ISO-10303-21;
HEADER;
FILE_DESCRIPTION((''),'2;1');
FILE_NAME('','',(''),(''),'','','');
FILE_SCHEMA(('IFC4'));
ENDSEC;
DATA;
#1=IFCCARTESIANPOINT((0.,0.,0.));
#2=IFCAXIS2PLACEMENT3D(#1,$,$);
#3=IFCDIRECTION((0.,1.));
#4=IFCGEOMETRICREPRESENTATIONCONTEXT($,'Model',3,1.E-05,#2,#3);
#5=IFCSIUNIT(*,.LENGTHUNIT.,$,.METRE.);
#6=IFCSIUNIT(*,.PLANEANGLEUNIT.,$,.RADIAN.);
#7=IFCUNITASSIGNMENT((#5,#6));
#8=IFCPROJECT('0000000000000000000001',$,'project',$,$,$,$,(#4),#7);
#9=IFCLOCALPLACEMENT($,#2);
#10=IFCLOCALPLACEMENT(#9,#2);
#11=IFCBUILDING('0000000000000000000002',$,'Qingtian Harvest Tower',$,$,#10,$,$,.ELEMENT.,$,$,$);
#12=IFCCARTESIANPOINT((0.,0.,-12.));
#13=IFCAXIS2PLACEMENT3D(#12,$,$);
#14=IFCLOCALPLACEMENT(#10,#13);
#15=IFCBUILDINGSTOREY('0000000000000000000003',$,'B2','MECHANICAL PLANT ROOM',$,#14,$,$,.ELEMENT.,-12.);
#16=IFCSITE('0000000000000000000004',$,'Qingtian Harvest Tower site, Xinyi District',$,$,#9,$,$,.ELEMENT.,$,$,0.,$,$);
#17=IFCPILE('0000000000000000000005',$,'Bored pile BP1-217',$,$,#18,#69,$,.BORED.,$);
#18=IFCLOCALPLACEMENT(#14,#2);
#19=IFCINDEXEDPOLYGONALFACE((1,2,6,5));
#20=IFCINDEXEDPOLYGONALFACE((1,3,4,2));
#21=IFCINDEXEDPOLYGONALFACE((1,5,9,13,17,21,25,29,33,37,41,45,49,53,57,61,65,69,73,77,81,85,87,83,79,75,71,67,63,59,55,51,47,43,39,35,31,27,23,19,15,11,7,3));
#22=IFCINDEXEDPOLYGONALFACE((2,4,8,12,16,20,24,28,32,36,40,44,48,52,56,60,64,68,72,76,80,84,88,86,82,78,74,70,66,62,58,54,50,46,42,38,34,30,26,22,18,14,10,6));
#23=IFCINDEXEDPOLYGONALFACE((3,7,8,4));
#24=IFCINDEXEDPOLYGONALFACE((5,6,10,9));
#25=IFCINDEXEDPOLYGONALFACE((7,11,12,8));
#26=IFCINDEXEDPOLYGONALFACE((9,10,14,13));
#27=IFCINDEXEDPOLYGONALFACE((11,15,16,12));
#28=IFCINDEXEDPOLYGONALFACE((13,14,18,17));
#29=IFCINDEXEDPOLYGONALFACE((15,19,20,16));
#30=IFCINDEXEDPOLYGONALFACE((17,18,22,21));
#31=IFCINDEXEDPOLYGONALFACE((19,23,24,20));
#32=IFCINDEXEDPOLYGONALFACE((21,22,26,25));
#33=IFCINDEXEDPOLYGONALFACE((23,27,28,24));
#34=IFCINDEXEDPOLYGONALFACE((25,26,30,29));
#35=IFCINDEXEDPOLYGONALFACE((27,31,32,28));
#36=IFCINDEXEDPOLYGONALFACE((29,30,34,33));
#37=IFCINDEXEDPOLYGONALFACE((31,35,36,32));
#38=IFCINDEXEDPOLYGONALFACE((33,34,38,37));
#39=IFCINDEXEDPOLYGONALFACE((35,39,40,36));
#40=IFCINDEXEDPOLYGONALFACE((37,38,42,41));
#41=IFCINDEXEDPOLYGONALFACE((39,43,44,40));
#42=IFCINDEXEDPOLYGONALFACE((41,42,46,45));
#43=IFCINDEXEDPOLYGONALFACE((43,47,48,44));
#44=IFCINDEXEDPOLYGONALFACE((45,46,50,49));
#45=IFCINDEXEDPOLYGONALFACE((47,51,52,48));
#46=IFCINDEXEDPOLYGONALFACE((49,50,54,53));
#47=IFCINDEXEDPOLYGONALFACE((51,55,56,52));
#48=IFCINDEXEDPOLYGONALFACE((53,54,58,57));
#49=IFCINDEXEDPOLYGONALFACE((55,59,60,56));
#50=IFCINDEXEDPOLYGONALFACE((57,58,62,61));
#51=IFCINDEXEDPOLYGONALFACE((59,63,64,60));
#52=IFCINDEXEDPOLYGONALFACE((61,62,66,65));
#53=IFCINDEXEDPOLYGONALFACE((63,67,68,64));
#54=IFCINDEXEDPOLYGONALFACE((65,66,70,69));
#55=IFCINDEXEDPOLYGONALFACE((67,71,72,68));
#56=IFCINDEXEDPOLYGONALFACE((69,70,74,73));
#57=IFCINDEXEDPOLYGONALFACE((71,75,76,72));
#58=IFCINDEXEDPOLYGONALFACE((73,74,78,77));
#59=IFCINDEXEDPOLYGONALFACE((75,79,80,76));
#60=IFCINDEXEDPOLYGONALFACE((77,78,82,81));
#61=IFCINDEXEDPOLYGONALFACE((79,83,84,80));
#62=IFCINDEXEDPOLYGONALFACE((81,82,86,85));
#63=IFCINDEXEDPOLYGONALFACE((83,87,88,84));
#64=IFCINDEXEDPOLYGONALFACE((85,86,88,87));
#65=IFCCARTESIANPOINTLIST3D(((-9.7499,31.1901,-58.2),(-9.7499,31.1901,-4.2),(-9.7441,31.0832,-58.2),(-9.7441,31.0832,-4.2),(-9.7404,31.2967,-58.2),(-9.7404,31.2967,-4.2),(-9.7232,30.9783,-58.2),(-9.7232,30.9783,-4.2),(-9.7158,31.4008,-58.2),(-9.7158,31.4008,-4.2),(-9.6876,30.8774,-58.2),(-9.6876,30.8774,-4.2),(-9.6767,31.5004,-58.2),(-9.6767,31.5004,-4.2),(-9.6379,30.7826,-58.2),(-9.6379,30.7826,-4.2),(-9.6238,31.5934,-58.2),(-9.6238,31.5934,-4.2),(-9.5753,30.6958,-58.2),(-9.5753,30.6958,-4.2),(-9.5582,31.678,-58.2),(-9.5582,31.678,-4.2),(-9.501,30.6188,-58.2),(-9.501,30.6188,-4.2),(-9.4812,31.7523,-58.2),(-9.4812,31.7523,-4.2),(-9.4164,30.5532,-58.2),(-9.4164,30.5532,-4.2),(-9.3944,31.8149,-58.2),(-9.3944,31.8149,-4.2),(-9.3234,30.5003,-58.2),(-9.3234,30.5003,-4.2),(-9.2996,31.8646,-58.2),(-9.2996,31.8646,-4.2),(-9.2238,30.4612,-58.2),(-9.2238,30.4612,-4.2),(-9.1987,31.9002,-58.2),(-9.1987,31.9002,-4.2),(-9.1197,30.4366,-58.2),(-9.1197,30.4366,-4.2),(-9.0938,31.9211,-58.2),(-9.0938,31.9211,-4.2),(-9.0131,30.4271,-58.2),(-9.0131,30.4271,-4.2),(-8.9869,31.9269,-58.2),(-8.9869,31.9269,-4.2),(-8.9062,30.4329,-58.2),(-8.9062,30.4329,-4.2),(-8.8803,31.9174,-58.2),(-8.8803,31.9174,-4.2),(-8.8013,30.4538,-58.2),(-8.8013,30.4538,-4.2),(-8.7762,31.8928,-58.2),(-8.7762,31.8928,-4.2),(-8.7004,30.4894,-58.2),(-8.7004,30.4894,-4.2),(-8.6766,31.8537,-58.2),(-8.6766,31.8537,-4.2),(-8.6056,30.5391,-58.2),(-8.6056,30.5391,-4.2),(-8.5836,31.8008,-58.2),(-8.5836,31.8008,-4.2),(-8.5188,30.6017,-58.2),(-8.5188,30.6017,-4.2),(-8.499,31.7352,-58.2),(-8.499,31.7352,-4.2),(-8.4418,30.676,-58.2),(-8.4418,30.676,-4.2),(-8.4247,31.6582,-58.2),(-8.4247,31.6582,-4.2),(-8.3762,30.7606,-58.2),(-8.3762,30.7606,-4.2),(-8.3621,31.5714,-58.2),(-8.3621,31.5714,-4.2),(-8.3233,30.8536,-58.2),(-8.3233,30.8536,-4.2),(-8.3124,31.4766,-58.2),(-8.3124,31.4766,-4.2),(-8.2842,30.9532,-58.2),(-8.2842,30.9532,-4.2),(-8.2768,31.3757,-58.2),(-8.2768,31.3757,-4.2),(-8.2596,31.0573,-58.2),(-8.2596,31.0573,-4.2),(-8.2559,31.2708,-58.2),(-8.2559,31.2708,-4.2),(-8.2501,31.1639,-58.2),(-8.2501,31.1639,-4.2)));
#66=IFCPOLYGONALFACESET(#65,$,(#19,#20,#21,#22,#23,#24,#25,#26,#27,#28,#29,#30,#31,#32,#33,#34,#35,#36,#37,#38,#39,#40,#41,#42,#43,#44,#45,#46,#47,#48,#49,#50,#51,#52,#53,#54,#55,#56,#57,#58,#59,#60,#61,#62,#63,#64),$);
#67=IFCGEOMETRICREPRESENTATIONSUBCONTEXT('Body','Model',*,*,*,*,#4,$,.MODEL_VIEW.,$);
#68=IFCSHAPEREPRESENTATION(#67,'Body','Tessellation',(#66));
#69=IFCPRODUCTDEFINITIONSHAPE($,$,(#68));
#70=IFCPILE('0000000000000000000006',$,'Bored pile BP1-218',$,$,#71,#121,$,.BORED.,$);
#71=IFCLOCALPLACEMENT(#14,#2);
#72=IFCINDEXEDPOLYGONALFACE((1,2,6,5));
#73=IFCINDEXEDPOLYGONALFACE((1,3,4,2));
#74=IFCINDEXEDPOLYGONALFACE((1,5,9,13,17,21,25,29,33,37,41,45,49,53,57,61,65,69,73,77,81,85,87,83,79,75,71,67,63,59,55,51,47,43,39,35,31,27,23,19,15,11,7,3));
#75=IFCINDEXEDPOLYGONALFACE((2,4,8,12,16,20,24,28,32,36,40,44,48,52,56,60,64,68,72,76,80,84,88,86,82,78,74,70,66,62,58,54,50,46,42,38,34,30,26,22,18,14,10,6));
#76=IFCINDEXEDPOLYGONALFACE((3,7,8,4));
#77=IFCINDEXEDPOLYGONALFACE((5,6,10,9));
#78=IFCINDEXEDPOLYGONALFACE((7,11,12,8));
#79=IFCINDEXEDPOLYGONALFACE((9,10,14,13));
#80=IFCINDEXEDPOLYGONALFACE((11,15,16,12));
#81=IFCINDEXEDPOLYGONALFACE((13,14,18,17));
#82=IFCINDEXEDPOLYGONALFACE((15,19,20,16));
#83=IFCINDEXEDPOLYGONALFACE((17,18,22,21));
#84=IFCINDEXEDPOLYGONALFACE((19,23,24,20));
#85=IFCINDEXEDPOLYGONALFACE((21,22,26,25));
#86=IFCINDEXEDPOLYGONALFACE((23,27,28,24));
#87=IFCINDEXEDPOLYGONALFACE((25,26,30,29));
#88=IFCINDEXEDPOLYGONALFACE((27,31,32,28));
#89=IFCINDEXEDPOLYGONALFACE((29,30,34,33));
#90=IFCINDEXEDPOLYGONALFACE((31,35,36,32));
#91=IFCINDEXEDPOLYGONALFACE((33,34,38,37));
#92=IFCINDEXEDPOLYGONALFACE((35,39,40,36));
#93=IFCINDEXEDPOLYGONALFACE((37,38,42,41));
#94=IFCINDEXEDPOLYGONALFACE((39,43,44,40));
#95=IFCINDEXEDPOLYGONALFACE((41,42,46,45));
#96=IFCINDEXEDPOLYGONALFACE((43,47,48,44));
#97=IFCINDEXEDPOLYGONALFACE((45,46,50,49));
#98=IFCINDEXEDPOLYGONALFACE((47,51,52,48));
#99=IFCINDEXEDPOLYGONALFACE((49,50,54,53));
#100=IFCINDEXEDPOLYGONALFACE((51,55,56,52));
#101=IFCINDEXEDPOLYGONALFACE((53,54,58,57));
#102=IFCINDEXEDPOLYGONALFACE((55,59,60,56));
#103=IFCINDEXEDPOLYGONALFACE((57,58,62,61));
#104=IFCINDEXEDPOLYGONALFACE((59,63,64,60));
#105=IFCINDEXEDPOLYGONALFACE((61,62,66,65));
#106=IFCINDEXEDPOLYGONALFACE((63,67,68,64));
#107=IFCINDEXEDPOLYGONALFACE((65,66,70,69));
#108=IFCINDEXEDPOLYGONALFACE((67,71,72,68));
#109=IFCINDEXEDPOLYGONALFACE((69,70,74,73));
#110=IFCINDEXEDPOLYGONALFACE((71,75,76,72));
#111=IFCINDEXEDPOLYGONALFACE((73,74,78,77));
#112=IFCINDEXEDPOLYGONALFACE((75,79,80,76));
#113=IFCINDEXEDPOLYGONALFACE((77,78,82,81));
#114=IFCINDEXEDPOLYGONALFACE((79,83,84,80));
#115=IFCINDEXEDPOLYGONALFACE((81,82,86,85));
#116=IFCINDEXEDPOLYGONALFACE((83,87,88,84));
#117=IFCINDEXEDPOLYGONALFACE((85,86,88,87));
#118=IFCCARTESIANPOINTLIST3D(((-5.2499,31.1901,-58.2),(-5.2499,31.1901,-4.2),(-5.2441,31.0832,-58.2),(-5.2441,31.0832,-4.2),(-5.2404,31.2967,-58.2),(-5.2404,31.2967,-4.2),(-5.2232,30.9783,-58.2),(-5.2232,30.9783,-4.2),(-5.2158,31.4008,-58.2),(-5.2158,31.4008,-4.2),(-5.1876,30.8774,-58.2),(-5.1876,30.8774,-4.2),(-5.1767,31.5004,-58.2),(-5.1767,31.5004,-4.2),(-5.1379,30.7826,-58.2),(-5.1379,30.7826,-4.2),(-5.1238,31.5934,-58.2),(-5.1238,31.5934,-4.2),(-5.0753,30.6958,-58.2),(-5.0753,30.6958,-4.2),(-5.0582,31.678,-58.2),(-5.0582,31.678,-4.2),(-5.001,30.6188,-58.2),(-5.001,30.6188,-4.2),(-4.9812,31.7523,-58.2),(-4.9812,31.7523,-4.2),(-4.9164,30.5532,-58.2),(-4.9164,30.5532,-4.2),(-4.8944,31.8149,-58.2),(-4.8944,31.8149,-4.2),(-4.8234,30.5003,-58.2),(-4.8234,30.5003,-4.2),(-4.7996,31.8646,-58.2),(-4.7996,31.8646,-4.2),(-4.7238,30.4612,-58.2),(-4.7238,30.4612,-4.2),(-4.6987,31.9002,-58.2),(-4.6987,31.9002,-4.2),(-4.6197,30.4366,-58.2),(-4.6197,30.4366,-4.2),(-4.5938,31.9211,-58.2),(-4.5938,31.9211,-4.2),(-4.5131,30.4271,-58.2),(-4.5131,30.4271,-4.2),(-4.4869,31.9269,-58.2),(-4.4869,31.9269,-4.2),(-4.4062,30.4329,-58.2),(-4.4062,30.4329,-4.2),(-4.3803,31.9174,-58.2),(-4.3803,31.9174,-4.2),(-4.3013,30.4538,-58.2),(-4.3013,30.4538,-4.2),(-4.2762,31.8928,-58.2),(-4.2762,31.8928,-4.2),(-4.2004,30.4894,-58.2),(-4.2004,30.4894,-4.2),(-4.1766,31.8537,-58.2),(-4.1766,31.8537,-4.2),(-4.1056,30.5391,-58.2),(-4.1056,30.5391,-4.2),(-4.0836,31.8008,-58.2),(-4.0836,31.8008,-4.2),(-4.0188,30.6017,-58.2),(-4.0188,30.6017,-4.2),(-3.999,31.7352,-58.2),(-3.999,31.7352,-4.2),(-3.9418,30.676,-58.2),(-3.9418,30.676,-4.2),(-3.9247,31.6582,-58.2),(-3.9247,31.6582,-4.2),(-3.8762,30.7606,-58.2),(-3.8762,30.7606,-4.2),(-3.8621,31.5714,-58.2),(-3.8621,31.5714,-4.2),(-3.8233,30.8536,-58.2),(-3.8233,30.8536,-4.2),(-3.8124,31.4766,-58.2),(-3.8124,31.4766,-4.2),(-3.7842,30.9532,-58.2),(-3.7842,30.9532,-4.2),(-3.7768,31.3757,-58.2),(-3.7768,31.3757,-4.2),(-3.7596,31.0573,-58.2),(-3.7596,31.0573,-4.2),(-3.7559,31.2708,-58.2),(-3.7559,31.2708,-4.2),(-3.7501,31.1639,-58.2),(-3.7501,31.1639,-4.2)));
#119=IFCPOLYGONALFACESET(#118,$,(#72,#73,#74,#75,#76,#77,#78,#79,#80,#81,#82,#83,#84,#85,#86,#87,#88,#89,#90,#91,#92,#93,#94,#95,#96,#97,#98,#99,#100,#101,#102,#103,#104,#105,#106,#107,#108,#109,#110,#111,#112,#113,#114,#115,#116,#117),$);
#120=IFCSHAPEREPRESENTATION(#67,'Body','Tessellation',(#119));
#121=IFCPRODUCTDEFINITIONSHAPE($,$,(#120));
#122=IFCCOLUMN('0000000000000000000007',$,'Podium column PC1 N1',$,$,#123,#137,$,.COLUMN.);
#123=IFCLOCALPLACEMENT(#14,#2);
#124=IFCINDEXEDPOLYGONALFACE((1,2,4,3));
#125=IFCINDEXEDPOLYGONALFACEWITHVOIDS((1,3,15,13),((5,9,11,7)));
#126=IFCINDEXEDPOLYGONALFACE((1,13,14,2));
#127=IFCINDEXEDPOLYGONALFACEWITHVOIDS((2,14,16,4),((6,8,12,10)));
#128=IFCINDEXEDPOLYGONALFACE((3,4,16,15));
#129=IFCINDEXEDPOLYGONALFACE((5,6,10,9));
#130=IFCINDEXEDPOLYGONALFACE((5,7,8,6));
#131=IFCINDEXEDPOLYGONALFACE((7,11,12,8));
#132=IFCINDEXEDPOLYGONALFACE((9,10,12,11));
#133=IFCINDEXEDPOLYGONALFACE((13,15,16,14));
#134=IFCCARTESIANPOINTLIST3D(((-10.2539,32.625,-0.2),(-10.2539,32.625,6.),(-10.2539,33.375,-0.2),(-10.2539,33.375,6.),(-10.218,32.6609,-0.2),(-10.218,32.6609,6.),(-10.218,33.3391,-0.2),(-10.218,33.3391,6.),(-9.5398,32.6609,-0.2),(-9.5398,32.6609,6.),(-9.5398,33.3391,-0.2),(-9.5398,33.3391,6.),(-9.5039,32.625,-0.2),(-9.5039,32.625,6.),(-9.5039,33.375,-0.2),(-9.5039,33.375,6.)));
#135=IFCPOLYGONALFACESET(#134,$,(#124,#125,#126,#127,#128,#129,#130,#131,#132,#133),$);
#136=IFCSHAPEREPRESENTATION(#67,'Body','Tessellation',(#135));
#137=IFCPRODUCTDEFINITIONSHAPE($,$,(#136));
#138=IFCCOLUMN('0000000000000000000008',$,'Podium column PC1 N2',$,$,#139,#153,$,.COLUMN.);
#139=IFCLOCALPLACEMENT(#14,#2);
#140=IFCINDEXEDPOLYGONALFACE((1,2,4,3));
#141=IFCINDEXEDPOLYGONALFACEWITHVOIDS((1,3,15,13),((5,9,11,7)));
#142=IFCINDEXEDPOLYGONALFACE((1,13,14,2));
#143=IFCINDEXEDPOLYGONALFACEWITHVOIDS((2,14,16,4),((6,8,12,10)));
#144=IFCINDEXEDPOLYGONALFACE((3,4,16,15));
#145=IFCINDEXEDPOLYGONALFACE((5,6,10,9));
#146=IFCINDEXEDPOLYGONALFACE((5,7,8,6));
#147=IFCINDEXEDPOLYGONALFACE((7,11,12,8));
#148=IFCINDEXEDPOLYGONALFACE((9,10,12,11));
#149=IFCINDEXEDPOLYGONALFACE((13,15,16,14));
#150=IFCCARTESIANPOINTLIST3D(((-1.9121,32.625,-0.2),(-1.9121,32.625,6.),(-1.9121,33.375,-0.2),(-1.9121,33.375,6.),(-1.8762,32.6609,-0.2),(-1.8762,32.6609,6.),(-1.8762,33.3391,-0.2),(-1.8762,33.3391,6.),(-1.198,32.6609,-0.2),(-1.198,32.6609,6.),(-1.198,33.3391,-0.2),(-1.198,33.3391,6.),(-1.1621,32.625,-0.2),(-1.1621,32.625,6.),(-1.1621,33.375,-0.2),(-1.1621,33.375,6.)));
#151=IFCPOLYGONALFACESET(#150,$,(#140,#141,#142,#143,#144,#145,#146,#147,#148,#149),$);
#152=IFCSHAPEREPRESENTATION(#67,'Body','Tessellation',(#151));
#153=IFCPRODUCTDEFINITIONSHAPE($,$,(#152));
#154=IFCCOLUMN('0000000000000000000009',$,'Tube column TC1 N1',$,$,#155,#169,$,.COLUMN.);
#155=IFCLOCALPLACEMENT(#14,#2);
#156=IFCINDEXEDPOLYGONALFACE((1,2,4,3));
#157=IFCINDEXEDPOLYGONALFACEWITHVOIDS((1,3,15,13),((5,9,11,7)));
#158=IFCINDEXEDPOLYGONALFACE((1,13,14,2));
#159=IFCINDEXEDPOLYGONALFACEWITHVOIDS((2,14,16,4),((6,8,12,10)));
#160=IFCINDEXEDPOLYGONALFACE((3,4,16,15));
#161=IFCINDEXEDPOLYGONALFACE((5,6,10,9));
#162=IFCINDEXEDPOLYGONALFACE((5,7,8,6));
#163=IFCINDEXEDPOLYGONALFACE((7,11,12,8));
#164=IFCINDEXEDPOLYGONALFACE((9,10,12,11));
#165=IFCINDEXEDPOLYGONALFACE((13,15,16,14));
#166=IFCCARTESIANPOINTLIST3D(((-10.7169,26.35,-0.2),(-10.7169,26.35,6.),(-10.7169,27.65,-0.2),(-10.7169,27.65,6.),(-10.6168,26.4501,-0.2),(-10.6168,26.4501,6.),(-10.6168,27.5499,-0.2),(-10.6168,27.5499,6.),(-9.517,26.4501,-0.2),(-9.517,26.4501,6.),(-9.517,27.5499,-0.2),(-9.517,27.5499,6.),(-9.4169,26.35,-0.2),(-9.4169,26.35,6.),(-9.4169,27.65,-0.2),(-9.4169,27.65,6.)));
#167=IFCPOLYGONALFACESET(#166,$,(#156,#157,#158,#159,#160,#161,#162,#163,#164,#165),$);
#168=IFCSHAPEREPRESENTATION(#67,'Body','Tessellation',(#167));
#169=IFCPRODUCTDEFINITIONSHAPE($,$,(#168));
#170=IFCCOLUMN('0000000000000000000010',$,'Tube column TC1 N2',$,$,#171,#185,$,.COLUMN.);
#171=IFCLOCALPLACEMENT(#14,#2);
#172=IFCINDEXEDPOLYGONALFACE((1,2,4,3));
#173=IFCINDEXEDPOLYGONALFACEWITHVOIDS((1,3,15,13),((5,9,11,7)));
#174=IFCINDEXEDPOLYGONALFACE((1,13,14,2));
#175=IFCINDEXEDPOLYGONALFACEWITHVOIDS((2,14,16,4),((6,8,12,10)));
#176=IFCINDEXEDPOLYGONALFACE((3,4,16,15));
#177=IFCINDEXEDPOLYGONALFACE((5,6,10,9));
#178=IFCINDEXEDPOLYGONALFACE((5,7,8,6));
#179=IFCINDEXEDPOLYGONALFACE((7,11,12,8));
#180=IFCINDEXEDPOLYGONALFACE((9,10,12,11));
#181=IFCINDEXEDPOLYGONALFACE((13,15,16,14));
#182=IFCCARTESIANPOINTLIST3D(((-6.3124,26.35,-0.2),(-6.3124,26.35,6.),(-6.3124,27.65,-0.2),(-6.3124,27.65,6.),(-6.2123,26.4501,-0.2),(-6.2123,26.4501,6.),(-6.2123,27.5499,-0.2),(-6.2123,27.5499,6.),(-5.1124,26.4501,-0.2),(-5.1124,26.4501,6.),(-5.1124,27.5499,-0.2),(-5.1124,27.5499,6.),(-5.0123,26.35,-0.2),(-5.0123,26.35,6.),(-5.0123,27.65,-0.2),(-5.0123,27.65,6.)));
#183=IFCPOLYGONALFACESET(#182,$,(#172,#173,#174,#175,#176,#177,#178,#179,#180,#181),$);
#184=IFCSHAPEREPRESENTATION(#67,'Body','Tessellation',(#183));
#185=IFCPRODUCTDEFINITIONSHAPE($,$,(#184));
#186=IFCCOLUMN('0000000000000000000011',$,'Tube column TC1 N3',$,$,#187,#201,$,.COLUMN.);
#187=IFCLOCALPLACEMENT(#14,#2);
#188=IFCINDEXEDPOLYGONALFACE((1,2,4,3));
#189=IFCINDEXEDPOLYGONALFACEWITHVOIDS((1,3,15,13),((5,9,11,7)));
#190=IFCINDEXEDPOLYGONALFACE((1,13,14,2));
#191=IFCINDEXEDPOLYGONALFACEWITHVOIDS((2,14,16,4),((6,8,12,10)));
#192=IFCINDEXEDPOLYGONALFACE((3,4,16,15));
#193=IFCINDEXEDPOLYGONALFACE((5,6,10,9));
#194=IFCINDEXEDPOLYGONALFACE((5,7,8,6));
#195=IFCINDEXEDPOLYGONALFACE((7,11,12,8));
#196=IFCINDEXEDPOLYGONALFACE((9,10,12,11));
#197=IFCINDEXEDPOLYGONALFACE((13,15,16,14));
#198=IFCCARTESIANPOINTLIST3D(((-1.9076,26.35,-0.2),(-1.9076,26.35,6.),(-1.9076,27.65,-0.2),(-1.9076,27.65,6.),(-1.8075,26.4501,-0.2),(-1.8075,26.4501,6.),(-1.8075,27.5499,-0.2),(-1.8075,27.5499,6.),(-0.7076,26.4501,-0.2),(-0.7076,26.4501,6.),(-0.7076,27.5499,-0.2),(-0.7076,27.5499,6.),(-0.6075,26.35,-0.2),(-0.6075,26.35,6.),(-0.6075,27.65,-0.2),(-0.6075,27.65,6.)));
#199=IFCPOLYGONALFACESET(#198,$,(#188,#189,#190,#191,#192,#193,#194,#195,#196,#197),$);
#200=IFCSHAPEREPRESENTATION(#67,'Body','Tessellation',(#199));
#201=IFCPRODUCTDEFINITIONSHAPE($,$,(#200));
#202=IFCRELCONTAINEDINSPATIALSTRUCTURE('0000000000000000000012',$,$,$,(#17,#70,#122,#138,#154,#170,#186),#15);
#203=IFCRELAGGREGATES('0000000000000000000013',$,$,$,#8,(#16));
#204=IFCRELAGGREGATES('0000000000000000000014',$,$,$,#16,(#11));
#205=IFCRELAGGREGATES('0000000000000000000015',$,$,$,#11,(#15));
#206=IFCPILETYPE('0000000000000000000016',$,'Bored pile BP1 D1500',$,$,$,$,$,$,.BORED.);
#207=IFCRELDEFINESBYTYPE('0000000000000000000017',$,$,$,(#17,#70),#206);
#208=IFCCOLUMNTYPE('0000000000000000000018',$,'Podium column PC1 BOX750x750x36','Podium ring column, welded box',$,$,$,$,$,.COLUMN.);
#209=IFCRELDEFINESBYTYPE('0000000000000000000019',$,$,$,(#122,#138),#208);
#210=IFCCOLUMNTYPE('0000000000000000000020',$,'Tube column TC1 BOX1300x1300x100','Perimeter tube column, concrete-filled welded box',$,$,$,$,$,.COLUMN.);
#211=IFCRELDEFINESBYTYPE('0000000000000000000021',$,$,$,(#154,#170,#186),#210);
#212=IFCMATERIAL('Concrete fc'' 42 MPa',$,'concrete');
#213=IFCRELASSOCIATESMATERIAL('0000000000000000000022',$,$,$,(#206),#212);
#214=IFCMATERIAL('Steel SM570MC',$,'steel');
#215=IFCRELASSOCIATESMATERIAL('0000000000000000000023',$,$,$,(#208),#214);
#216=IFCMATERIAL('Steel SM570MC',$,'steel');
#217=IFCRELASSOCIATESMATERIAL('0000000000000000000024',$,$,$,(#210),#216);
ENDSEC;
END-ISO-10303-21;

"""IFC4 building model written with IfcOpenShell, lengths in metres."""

from ifc_helpers import new_model, si_unit, direction, frame, frame_2d, origin, origin_2d, place, context, subcontext, project, spatial, hollow_rectangle, circle, extrude, material, material_profile, profile_set, type_object, element, save


model = new_model("IFC4")

# Units and contexts
model_context = context("Model", 3, precision=1e-05, world=origin(), true_north=direction((0.0, 1.0)))
body_context = subcontext(model_context, "Body", "Model", "MODEL_VIEW")
ifc_project = project(units=[si_unit("LENGTHUNIT", "METRE"), si_unit("PLANEANGLEUNIT", "RADIAN")], contexts=[model_context])

# Site, building, storey
site_placement = place(None, origin())
site = spatial("IfcSite", under=ifc_project, at=site_placement, Name="Qingtian Harvest Tower site, Xinyi District", CompositionType="ELEMENT", RefElevation=0.0)
building_placement = place(site_placement, origin())
building = spatial("IfcBuilding", under=site, at=building_placement, Name="Qingtian Harvest Tower", CompositionType="ELEMENT")
storey_placement = place(building_placement, frame((0.0, 0.0, -12.0)))
storey = spatial("IfcBuildingStorey", under=building, at=storey_placement, Name="B2", Description="MECHANICAL PLANT ROOM", CompositionType="ELEMENT", Elevation=-12.0)

# Piles
ifc_material_1 = material(Name="Concrete fc' 42 MPa", Category="concrete")
ifc_material_profile_1 = material_profile(ifc_material_1, circle(Radius=0.75, at=frame_2d((0.0, 0.0), x_axis=(0.999848, 0.017452))), Name="Bored pile BP1 D1500")
ifc_profile_set_1 = profile_set([ifc_material_profile_1], Name="Concrete fc' 42 MPa")
pile_type = type_object("IfcPileType", Name="Bored pile BP1 D1500", PredefinedType="BORED", material=ifc_profile_set_1)
for number, where, z_axis, x_axis, name in (
    (1, (-9.0, 31.177, -4.2), (0.0, 0.0, -1.0), (1.0, 0.0, 0.0), "Bored pile BP1-217"),
    (2, (-4.5, 31.177, -4.2), (0.0, 0.0, -1.0), (1.0, 0.0, 0.0), "Bored pile BP1-218"),
):
    element("IfcPile", number, at=place(storey_placement, frame(where, z_axis=z_axis, x_axis=x_axis)), inside=storey, type_object=pile_type, Name=name, PredefinedType="BORED", context=body_context, shape_type="SweptSolid", body=[
        extrude(circle(Radius=0.75, at=frame_2d((0.0, 0.0), x_axis=(0.999848, 0.017452))), origin(), (0.0, 0.0, 1.0), 54.0),
    ])

# Columns
ifc_material_2 = material(Name="Steel SM570MC", Category="steel")
ifc_material_profile_2 = material_profile(ifc_material_2, hollow_rectangle(XDim=0.75, YDim=0.75, WallThickness=0.0359, at=origin_2d()), Name="BOX750x750x36")
ifc_profile_set_2 = profile_set([ifc_material_profile_2], Name="Steel SM570MC")
column_type_1 = type_object("IfcColumnType", Name="Podium column PC1 BOX750x750x36", Description="Podium ring column, welded box", PredefinedType="COLUMN", material=ifc_profile_set_2)
for number, where, z_axis, x_axis, name in (
    (3, (-9.8789, 33.0, -0.2), (0.0, 0.0, 1.0), (-1.0, 0.0, 0.0), "Podium column PC1 N1"),
    (4, (-1.5371, 33.0, -0.2), (0.0, 0.0, 1.0), (-1.0, 0.0, 0.0), "Podium column PC1 N2"),
):
    element("IfcColumn", number, at=place(storey_placement, frame(where, z_axis=z_axis, x_axis=x_axis)), inside=storey, type_object=column_type_1, Name=name, PredefinedType="COLUMN", context=body_context, shape_type="SweptSolid", body=[
        extrude(hollow_rectangle(XDim=0.75, YDim=0.75, WallThickness=0.0359, at=origin_2d()), origin(), (0.0, 0.0, 1.0), 6.2),
    ])
ifc_material_3 = material(Name="Steel SM570MC", Category="steel")
ifc_material_profile_3 = material_profile(ifc_material_3, hollow_rectangle(XDim=1.3, YDim=1.3, WallThickness=0.1001, at=origin_2d()), Name="BOX1300x1300x100")
ifc_profile_set_3 = profile_set([ifc_material_profile_3], Name="Steel SM570MC")
column_type_2 = type_object("IfcColumnType", Name="Tube column TC1 BOX1300x1300x100", Description="Perimeter tube column, concrete-filled welded box", PredefinedType="COLUMN", material=ifc_profile_set_3)
for number, where, z_axis, x_axis, name in (
    (5, (-10.0669, 27.0, -0.2), (0.0, 0.0, 1.0), (-1.0, 0.0, 0.0), "Tube column TC1 N1"),
    (6, (-5.6624, 27.0, -0.2), (0.0, 0.0, 1.0), (-1.0, 0.0, 0.0), "Tube column TC1 N2"),
    (7, (-1.2576, 27.0, -0.2), (0.0, 0.0, 1.0), (-1.0, 0.0, 0.0), "Tube column TC1 N3"),
):
    element("IfcColumn", number, at=place(storey_placement, frame(where, z_axis=z_axis, x_axis=x_axis)), inside=storey, type_object=column_type_2, Name=name, PredefinedType="COLUMN", context=body_context, shape_type="SweptSolid", body=[
        extrude(hollow_rectangle(XDim=1.3, YDim=1.3, WallThickness=0.1001, at=origin_2d()), origin(), (0.0, 0.0, 1.0), 6.2),
    ])

save(model, "model.ifc")
